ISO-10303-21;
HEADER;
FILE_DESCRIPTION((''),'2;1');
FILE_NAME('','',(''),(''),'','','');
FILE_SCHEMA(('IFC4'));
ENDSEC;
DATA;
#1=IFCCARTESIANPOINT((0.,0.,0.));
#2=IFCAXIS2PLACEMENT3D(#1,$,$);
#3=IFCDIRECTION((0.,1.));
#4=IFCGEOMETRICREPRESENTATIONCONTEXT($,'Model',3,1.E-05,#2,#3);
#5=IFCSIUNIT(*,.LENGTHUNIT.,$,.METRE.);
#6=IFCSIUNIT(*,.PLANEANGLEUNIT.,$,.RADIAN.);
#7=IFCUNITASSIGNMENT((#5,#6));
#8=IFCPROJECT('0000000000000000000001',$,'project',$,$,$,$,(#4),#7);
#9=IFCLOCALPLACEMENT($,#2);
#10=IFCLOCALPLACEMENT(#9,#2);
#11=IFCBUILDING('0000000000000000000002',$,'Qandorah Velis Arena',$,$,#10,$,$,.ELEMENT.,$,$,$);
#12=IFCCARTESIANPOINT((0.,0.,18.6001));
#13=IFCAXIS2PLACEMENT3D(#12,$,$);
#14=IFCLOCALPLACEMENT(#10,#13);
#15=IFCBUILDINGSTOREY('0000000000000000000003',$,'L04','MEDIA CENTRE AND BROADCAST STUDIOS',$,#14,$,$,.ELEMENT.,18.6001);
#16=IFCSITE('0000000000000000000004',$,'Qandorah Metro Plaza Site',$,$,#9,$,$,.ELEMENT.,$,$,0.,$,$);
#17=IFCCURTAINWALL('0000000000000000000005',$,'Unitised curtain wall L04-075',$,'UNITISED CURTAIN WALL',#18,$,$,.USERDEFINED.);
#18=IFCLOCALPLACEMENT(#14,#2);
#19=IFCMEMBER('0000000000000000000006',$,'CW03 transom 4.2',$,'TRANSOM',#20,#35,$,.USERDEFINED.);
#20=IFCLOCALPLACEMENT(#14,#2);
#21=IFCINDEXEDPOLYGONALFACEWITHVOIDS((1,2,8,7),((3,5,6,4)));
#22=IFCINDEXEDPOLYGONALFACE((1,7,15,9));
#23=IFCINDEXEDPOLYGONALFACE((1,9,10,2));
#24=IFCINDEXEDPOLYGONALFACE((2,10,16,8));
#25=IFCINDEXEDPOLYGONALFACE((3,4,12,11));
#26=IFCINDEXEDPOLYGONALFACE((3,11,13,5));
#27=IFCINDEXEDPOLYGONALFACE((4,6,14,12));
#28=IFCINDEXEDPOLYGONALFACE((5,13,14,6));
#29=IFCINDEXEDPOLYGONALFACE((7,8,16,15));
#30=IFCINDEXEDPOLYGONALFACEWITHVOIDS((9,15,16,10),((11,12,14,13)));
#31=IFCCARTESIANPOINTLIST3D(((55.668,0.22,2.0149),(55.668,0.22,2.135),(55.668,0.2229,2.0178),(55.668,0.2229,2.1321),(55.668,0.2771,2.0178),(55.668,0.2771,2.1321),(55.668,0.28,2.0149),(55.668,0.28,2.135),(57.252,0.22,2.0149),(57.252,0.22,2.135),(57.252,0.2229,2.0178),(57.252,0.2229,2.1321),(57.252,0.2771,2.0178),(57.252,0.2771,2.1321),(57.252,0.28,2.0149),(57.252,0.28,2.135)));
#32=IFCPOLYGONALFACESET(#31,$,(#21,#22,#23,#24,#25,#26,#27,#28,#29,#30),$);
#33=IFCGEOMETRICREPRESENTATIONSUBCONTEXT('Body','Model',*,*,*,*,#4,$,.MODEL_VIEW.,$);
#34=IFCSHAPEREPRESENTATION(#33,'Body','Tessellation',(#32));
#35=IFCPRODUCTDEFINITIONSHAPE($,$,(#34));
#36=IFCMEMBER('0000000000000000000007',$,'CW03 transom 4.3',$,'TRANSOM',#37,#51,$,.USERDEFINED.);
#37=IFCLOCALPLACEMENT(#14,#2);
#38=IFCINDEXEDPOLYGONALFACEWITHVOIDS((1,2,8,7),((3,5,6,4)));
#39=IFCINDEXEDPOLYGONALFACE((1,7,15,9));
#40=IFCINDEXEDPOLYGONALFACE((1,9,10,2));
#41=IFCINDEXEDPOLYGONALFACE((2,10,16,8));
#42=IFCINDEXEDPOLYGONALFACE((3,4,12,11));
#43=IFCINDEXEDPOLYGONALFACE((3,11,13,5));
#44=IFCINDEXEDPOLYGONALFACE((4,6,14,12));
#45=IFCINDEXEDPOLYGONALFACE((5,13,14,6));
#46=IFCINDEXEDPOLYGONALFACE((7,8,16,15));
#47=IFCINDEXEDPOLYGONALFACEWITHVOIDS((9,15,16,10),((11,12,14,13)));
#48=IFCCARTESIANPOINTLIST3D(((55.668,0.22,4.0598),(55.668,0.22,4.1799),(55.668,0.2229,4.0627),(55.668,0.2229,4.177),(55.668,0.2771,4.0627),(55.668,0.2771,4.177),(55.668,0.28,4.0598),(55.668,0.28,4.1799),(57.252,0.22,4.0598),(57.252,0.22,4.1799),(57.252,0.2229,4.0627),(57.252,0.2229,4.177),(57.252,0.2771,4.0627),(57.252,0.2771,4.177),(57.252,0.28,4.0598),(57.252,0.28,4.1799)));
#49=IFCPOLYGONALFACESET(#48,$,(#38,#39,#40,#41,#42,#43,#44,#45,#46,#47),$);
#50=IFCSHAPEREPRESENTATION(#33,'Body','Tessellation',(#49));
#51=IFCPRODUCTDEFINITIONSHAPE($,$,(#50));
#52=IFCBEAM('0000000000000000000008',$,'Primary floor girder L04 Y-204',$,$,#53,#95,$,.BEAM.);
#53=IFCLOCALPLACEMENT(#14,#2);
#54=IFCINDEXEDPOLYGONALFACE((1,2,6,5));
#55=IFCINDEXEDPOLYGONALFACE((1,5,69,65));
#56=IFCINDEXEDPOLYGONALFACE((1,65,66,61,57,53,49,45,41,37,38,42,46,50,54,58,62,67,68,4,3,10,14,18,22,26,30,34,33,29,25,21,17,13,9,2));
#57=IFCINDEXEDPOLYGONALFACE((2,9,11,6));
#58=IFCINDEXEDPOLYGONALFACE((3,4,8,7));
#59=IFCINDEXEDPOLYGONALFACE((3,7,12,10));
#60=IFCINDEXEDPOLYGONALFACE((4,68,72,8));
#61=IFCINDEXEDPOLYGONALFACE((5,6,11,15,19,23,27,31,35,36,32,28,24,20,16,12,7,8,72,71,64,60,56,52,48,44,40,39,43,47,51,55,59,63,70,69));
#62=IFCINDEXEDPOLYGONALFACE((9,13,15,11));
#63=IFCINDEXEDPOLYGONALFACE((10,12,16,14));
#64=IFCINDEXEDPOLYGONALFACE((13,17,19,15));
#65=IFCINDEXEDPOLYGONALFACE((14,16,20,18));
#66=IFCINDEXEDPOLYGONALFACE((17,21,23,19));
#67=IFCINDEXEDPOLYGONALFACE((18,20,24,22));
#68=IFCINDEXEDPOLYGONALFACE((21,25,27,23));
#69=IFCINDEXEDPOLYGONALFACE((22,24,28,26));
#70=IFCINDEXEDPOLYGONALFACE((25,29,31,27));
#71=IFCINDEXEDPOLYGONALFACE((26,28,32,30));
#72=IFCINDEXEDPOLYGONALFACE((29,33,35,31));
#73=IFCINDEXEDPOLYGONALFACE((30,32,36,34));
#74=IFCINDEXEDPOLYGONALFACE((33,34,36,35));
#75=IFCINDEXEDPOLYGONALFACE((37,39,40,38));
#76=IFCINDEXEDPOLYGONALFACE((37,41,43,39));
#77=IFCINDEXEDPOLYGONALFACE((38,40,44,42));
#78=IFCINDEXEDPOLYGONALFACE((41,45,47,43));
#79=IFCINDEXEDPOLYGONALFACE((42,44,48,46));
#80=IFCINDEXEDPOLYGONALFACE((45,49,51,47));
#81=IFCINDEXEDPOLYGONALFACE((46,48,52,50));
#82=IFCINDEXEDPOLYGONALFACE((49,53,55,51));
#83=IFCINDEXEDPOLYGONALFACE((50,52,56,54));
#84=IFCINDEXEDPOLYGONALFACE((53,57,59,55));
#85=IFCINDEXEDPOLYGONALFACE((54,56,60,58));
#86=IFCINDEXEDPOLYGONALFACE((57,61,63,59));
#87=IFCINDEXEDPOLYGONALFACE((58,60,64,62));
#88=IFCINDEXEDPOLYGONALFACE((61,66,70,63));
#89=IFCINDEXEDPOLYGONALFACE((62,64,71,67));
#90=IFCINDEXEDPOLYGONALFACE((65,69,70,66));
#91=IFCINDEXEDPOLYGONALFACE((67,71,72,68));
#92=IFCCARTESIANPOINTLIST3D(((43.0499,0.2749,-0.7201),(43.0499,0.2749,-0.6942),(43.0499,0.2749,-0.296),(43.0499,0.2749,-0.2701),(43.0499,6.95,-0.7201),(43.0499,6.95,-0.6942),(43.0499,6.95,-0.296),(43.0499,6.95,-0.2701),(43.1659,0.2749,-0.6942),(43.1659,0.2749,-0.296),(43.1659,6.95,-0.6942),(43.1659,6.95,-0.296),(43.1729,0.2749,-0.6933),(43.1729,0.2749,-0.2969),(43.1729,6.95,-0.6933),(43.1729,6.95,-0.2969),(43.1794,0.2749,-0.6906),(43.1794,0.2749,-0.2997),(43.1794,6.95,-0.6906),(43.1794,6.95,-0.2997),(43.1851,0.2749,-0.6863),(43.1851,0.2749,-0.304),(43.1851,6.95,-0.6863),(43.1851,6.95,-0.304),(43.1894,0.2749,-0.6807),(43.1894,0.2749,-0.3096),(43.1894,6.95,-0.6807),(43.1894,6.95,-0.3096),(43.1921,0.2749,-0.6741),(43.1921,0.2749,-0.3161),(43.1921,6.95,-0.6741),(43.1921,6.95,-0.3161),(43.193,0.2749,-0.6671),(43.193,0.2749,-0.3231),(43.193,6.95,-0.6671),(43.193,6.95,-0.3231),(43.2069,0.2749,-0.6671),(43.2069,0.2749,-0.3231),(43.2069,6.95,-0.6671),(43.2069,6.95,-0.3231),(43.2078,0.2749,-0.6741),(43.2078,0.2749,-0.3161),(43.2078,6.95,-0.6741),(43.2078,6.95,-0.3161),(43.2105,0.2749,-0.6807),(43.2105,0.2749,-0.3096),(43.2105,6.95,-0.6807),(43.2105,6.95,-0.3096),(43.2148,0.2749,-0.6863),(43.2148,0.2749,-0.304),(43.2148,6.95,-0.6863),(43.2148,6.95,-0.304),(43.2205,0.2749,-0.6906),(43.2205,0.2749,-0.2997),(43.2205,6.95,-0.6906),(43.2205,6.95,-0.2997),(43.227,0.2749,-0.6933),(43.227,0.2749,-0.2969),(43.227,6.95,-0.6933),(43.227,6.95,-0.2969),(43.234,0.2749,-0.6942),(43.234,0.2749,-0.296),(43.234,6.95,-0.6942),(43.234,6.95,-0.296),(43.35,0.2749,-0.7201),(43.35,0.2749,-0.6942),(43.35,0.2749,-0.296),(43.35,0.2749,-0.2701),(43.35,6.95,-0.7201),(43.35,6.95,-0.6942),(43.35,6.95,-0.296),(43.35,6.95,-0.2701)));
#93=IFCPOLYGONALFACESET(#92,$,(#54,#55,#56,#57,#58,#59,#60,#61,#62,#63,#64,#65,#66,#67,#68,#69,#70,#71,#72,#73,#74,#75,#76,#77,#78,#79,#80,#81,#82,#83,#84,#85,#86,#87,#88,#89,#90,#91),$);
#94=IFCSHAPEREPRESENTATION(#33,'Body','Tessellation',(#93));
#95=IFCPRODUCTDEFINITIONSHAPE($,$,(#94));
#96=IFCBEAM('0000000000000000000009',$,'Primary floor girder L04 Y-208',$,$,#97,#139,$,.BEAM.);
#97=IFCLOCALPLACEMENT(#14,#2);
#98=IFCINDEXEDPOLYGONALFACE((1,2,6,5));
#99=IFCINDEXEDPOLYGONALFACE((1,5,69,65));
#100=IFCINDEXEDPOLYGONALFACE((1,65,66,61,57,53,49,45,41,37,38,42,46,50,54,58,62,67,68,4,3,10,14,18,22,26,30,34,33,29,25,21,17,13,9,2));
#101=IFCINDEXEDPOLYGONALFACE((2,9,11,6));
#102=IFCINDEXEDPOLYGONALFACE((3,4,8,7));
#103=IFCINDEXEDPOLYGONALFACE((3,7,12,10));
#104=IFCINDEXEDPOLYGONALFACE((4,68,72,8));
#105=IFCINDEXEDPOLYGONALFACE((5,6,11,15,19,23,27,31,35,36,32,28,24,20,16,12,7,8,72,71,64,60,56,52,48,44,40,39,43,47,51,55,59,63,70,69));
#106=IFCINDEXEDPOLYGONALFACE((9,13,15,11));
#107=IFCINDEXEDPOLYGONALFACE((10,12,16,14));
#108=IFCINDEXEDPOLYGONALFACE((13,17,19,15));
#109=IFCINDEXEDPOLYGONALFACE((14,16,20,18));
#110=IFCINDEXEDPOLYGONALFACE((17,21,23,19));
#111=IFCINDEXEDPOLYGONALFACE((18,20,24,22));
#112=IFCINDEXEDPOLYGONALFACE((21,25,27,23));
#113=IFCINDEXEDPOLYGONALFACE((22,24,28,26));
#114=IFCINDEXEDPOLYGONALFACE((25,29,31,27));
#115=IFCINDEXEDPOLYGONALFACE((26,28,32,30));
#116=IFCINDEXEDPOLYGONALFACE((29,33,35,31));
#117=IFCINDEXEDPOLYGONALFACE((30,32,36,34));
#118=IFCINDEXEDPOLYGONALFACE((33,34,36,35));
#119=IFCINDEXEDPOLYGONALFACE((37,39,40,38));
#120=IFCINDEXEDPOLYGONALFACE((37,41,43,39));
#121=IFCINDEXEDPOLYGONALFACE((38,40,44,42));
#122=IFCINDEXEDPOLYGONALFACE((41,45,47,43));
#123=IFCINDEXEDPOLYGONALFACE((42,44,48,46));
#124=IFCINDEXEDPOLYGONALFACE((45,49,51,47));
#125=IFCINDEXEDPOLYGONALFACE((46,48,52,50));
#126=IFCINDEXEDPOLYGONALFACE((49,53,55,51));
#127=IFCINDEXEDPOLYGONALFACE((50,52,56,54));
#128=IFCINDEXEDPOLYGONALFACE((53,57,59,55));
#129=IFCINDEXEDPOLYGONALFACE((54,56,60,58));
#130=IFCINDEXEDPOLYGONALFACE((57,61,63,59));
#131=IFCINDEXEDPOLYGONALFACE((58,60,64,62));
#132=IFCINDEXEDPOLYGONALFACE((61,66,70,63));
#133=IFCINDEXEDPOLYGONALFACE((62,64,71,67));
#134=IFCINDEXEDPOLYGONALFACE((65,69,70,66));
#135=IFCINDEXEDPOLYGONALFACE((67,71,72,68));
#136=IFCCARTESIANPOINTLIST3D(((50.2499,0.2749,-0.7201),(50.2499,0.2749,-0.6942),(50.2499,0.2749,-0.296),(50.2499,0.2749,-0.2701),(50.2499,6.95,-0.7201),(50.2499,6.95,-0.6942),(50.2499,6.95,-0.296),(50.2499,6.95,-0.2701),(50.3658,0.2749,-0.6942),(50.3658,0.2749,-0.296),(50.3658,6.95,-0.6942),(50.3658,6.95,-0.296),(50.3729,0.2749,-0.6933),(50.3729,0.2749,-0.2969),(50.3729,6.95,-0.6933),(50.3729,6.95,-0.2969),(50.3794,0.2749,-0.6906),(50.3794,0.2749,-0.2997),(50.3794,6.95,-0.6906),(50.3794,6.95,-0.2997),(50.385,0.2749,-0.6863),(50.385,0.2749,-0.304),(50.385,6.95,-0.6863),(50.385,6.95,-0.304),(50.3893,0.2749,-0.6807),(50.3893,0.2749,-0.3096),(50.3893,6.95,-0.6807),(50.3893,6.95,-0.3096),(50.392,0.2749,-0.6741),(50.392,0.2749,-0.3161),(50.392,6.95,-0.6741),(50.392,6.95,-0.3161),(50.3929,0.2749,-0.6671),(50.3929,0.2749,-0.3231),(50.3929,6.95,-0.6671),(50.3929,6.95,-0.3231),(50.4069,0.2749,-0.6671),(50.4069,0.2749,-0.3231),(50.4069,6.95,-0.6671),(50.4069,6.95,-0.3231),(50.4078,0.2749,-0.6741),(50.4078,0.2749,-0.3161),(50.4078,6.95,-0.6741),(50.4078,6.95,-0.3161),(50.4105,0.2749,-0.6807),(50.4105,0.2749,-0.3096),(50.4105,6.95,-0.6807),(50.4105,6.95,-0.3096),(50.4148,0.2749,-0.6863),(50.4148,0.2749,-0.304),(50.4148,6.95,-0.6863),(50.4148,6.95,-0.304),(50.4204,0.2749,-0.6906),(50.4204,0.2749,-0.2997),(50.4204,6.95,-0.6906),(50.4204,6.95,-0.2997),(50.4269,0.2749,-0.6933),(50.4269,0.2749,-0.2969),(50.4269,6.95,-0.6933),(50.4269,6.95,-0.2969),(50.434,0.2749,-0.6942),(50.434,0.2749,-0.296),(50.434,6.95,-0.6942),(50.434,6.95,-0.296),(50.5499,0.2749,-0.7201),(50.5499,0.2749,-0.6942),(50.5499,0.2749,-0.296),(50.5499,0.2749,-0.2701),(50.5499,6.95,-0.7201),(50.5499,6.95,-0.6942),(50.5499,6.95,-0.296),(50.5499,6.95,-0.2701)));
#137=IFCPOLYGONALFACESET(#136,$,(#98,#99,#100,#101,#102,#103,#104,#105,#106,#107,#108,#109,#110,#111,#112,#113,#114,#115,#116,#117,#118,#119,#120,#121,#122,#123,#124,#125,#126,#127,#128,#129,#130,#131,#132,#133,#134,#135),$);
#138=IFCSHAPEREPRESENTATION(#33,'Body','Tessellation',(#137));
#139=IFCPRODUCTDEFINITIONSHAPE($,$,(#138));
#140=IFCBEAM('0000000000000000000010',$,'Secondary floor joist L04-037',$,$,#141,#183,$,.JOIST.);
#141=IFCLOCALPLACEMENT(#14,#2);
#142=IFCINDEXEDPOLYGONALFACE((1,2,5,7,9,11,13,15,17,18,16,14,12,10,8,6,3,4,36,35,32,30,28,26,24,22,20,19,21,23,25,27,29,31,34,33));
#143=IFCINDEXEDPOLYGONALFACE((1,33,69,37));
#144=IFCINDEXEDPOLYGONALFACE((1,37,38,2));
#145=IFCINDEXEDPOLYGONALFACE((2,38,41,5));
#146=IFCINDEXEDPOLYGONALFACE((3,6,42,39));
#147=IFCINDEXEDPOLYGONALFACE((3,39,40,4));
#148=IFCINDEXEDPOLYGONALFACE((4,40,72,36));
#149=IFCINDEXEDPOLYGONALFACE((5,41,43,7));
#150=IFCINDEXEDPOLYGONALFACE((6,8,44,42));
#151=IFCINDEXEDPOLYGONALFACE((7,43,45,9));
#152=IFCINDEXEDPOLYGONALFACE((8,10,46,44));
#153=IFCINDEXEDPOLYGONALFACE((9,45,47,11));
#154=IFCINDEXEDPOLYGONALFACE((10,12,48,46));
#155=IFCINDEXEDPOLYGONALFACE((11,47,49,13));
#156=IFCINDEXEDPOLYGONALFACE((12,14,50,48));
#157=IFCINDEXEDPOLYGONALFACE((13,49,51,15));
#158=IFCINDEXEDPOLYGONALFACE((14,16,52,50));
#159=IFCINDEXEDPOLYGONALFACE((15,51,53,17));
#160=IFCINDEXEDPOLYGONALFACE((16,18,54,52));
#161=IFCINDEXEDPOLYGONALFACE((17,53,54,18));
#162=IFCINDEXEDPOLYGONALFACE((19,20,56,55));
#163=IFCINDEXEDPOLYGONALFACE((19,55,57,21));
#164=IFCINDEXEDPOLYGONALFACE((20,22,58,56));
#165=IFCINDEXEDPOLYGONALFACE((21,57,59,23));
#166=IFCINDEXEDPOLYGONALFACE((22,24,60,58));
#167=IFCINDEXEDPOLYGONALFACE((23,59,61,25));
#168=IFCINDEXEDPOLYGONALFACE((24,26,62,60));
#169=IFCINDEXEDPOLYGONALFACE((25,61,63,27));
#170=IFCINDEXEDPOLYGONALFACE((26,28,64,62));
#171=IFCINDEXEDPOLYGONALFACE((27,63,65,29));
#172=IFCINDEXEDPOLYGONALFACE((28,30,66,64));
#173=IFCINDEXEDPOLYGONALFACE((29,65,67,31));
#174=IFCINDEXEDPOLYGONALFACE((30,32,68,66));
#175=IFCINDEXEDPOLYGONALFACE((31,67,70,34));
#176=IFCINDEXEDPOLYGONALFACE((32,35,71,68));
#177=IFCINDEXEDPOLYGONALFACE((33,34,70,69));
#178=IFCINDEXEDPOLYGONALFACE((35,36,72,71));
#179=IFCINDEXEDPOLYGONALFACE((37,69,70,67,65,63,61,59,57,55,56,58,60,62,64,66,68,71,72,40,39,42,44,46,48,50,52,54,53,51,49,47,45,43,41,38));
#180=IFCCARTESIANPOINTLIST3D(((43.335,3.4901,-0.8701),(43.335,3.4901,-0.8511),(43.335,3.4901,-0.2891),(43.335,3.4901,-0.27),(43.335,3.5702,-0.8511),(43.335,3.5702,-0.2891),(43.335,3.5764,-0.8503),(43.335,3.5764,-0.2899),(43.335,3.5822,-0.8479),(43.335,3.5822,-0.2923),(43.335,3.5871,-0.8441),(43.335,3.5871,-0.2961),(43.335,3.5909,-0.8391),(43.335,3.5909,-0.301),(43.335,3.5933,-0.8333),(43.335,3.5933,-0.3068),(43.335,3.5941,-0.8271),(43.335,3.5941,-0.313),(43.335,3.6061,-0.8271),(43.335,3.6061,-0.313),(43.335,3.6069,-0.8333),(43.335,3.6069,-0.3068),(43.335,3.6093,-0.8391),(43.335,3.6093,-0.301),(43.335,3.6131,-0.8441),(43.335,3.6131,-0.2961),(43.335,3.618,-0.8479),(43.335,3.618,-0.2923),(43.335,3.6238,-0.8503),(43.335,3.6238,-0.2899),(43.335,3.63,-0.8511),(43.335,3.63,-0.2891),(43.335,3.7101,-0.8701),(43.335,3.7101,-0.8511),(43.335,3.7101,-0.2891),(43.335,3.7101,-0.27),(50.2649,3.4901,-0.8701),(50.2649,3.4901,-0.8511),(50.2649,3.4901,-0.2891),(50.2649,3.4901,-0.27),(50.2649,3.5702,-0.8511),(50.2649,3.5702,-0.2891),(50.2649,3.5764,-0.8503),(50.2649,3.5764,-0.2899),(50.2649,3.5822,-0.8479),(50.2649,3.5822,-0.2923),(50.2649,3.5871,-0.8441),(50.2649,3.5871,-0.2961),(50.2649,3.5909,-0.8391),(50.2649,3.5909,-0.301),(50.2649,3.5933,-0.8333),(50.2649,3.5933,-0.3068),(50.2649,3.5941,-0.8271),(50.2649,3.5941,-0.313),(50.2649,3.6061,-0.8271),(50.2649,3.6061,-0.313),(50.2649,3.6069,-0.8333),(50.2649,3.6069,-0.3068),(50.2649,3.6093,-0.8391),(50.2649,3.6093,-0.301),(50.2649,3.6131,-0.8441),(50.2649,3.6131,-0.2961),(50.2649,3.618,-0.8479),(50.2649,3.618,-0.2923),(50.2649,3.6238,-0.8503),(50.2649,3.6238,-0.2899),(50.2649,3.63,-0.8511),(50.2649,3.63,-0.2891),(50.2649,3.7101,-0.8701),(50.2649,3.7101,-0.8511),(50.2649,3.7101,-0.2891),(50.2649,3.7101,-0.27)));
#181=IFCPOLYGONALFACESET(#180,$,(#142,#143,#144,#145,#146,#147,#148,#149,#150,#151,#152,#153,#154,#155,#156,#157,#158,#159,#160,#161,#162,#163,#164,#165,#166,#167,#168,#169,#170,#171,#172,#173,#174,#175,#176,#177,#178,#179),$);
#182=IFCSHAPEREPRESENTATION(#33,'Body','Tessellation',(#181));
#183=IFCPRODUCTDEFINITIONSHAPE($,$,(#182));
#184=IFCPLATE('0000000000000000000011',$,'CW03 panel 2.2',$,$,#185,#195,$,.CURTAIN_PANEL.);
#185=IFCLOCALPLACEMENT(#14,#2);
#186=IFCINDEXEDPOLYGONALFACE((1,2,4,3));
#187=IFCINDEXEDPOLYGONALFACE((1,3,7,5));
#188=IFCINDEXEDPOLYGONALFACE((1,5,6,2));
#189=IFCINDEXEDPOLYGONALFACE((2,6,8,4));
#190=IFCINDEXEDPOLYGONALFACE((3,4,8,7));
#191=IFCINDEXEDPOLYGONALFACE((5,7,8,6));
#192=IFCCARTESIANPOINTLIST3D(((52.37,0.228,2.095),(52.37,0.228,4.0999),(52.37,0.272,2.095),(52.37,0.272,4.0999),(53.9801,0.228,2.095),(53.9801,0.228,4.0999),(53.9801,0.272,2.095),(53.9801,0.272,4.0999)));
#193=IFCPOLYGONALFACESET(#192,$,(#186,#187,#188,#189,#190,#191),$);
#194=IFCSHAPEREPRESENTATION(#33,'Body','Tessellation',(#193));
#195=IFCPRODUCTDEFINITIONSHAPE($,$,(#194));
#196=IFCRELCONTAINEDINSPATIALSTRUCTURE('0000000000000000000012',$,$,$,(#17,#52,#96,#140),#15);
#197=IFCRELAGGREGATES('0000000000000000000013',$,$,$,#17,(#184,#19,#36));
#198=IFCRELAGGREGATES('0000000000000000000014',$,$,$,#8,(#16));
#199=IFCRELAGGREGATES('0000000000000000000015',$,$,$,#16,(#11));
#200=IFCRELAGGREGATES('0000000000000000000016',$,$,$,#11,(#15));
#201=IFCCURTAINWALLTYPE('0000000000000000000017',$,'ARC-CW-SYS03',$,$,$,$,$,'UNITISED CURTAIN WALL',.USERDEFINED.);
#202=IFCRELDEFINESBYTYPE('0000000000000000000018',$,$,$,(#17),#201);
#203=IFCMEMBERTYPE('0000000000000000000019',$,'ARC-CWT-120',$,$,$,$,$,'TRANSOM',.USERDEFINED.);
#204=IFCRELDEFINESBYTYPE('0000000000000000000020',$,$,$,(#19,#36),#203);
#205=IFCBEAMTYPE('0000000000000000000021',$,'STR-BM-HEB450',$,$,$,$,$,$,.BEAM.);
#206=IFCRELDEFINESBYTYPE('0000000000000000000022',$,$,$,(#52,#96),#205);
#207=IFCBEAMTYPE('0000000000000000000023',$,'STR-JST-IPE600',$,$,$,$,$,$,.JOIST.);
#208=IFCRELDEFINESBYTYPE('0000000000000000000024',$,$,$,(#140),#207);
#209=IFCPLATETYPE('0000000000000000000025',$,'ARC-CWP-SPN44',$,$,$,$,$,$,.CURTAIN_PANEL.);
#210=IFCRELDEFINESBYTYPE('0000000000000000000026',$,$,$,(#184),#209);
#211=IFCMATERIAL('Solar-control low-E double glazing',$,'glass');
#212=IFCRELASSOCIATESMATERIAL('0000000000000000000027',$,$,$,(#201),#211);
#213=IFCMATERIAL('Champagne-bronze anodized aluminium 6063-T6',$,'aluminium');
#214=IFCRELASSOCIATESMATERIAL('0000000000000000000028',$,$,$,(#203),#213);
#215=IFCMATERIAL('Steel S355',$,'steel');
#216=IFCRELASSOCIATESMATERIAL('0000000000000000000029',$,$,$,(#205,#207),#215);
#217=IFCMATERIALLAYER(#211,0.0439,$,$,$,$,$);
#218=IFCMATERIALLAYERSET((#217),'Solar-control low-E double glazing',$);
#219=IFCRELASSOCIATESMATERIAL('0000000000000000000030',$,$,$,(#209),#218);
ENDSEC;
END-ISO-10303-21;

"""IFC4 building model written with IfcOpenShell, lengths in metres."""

from ifc_helpers import new_model, si_unit, direction, frame, origin, origin_2d, place, context, subcontext, project, spatial, rectangle, hollow_rectangle, i_section, extrude, material, layer, layer_set, material_profile, profile_set, type_object, element, aggregate, save


model = new_model("IFC4")

# Units and contexts
model_context = context("Model", 3, precision=1e-05, world=origin(), true_north=direction((0.0, 1.0)))
body_context = subcontext(model_context, "Body", "Model", "MODEL_VIEW")
ifc_project = project(units=[si_unit("LENGTHUNIT", "METRE"), si_unit("PLANEANGLEUNIT", "RADIAN")], contexts=[model_context])

# Site, building, storey
site_placement = place(None, origin())
site = spatial("IfcSite", under=ifc_project, at=site_placement, Name="Qandorah Metro Plaza Site", CompositionType="ELEMENT", RefElevation=0.0)
building_placement = place(site_placement, origin())
building = spatial("IfcBuilding", under=site, at=building_placement, Name="Qandorah Velis Arena", CompositionType="ELEMENT")
storey_placement = place(building_placement, frame((0.0, 0.0, 18.6001)))
storey = spatial("IfcBuildingStorey", under=building, at=storey_placement, Name="L04", Description="MEDIA CENTRE AND BROADCAST STUDIOS", CompositionType="ELEMENT", Elevation=18.6001)

# Shared definitions
ifc_material_1 = material(Name="Steel S355", Category="steel")

# Curtain wall, members
ifc_material_2 = material(Name="Solar-control low-E double glazing", Category="glass")
curtain_wall_type = type_object("IfcCurtainWallType", Name="ARC-CW-SYS03", ElementType="UNITISED CURTAIN WALL", PredefinedType="USERDEFINED", material=ifc_material_2)
curtain_wall_placement = place(storey_placement, origin())
curtain_wall = element("IfcCurtainWall", 1, at=curtain_wall_placement, inside=storey, type_object=curtain_wall_type, Name="Unitised curtain wall L04-075", ObjectType="UNITISED CURTAIN WALL", PredefinedType="USERDEFINED")
ifc_material_3 = material(Name="Champagne-bronze anodized aluminium 6063-T6", Category="aluminium")
ifc_material_profile_1 = material_profile(ifc_material_3, hollow_rectangle(XDim=0.0601, YDim=0.1201, WallThickness=0.0029, at=origin_2d()), Name="ALU TRANSOM 60x120")
ifc_profile_set_1 = profile_set([ifc_material_profile_1], Name="Champagne-bronze anodized aluminium 6063-T6")
member_type_1 = type_object("IfcMemberType", Name="ARC-CWT-120", ElementType="TRANSOM", PredefinedType="USERDEFINED", material=ifc_profile_set_1)
member_1_placement = place(storey_placement, frame((55.668, 0.25, 2.075), z_axis=(1.0, 0.0, 0.0), x_axis=(0.0, 1.0, 0.0)))
member_1 = element("IfcMember", 2, at=member_1_placement, type_object=member_type_1, Name="CW03 transom 4.2", ObjectType="TRANSOM", PredefinedType="USERDEFINED", context=body_context, shape_type="SweptSolid", body=[
    extrude(hollow_rectangle(XDim=0.0601, YDim=0.1201, WallThickness=0.0029, at=origin_2d()), origin(), (0.0, 0.0, 1.0), 1.584),
])
member_2_placement = place(storey_placement, frame((55.668, 0.25, 4.1199), z_axis=(1.0, 0.0, 0.0), x_axis=(0.0, 1.0, 0.0)))
member_2 = element("IfcMember", 3, at=member_2_placement, type_object=member_type_1, Name="CW03 transom 4.3", ObjectType="TRANSOM", PredefinedType="USERDEFINED", context=body_context, shape_type="SweptSolid", body=[
    extrude(hollow_rectangle(XDim=0.0601, YDim=0.1201, WallThickness=0.0029, at=origin_2d()), origin(), (0.0, 0.0, 1.0), 1.584),
])

# Beams
ifc_material_profile_2 = material_profile(ifc_material_1, i_section(OverallWidth=0.3, OverallDepth=0.45, WebThickness=0.0139, FlangeThickness=0.0259, FilletRadius=0.0271, at=origin_2d()), Name="HEB 450")
ifc_profile_set_2 = profile_set([ifc_material_profile_2], Name="Steel S355")
beam_type_1 = type_object("IfcBeamType", Name="STR-BM-HEB450", PredefinedType="BEAM", material=ifc_profile_set_2)
for number, where, z_axis, x_axis, name in (
    (4, (43.2, 0.2749, -0.4951), (0.0, 1.0, 0.0), (-1.0, 0.0, 0.0), "Primary floor girder L04 Y-204"),
    (5, (50.3999, 0.2749, -0.4951), (0.0, 1.0, 0.0), (-1.0, 0.0, 0.0), "Primary floor girder L04 Y-208"),
):
    element("IfcBeam", number, at=place(storey_placement, frame(where, z_axis=z_axis, x_axis=x_axis)), inside=storey, type_object=beam_type_1, Name=name, PredefinedType="BEAM", context=body_context, shape_type="SweptSolid", body=[
        extrude(i_section(OverallWidth=0.3, OverallDepth=0.45, WebThickness=0.0139, FlangeThickness=0.0259, FilletRadius=0.0271, at=origin_2d()), origin(), (0.0, 0.0, 1.0), 6.675),
    ])
ifc_material_profile_3 = material_profile(ifc_material_1, i_section(OverallWidth=0.22, OverallDepth=0.6001, WebThickness=0.012, FlangeThickness=0.019, FilletRadius=0.0239, at=origin_2d()), Name="IPE 600")
ifc_profile_set_3 = profile_set([ifc_material_profile_3], Name="Steel S355")
beam_type_2 = type_object("IfcBeamType", Name="STR-JST-IPE600", PredefinedType="JOIST", material=ifc_profile_set_3)
beam_placement = place(storey_placement, frame((43.335, 3.6001, -0.5701), z_axis=(1.0, 0.0, 0.0), x_axis=(0.0, 1.0, 0.0)))
element("IfcBeam", 6, at=beam_placement, inside=storey, type_object=beam_type_2, Name="Secondary floor joist L04-037", PredefinedType="JOIST", context=body_context, shape_type="SweptSolid", body=[
    extrude(i_section(OverallWidth=0.22, OverallDepth=0.6001, WebThickness=0.012, FlangeThickness=0.019, FilletRadius=0.0239, at=origin_2d()), origin(), (0.0, 0.0, 1.0), 6.9299),
])

# Plate
ifc_layer_1 = layer(ifc_material_2, 0.0439)
ifc_layer_set_1 = layer_set([ifc_layer_1], Name="Solar-control low-E double glazing")
plate_type = type_object("IfcPlateType", Name="ARC-CWP-SPN44", PredefinedType="CURTAIN_PANEL", material=ifc_layer_set_1)
plate_1_placement = place(storey_placement, frame((53.175, 0.25, 2.095), z_axis=(0.0, 0.0, 1.0), x_axis=(1.0, 0.0, 0.0)))
plate_1 = element("IfcPlate", 7, at=plate_1_placement, type_object=plate_type, Name="CW03 panel 2.2", PredefinedType="CURTAIN_PANEL", context=body_context, shape_type="SweptSolid", body=[
    extrude(rectangle(XDim=1.6101, YDim=0.0439, at=origin_2d()), origin(), (0.0, 0.0, 1.0), 2.0049),
])
aggregate(curtain_wall, [plate_1, member_1, member_2])

save(model, "model.ifc")
